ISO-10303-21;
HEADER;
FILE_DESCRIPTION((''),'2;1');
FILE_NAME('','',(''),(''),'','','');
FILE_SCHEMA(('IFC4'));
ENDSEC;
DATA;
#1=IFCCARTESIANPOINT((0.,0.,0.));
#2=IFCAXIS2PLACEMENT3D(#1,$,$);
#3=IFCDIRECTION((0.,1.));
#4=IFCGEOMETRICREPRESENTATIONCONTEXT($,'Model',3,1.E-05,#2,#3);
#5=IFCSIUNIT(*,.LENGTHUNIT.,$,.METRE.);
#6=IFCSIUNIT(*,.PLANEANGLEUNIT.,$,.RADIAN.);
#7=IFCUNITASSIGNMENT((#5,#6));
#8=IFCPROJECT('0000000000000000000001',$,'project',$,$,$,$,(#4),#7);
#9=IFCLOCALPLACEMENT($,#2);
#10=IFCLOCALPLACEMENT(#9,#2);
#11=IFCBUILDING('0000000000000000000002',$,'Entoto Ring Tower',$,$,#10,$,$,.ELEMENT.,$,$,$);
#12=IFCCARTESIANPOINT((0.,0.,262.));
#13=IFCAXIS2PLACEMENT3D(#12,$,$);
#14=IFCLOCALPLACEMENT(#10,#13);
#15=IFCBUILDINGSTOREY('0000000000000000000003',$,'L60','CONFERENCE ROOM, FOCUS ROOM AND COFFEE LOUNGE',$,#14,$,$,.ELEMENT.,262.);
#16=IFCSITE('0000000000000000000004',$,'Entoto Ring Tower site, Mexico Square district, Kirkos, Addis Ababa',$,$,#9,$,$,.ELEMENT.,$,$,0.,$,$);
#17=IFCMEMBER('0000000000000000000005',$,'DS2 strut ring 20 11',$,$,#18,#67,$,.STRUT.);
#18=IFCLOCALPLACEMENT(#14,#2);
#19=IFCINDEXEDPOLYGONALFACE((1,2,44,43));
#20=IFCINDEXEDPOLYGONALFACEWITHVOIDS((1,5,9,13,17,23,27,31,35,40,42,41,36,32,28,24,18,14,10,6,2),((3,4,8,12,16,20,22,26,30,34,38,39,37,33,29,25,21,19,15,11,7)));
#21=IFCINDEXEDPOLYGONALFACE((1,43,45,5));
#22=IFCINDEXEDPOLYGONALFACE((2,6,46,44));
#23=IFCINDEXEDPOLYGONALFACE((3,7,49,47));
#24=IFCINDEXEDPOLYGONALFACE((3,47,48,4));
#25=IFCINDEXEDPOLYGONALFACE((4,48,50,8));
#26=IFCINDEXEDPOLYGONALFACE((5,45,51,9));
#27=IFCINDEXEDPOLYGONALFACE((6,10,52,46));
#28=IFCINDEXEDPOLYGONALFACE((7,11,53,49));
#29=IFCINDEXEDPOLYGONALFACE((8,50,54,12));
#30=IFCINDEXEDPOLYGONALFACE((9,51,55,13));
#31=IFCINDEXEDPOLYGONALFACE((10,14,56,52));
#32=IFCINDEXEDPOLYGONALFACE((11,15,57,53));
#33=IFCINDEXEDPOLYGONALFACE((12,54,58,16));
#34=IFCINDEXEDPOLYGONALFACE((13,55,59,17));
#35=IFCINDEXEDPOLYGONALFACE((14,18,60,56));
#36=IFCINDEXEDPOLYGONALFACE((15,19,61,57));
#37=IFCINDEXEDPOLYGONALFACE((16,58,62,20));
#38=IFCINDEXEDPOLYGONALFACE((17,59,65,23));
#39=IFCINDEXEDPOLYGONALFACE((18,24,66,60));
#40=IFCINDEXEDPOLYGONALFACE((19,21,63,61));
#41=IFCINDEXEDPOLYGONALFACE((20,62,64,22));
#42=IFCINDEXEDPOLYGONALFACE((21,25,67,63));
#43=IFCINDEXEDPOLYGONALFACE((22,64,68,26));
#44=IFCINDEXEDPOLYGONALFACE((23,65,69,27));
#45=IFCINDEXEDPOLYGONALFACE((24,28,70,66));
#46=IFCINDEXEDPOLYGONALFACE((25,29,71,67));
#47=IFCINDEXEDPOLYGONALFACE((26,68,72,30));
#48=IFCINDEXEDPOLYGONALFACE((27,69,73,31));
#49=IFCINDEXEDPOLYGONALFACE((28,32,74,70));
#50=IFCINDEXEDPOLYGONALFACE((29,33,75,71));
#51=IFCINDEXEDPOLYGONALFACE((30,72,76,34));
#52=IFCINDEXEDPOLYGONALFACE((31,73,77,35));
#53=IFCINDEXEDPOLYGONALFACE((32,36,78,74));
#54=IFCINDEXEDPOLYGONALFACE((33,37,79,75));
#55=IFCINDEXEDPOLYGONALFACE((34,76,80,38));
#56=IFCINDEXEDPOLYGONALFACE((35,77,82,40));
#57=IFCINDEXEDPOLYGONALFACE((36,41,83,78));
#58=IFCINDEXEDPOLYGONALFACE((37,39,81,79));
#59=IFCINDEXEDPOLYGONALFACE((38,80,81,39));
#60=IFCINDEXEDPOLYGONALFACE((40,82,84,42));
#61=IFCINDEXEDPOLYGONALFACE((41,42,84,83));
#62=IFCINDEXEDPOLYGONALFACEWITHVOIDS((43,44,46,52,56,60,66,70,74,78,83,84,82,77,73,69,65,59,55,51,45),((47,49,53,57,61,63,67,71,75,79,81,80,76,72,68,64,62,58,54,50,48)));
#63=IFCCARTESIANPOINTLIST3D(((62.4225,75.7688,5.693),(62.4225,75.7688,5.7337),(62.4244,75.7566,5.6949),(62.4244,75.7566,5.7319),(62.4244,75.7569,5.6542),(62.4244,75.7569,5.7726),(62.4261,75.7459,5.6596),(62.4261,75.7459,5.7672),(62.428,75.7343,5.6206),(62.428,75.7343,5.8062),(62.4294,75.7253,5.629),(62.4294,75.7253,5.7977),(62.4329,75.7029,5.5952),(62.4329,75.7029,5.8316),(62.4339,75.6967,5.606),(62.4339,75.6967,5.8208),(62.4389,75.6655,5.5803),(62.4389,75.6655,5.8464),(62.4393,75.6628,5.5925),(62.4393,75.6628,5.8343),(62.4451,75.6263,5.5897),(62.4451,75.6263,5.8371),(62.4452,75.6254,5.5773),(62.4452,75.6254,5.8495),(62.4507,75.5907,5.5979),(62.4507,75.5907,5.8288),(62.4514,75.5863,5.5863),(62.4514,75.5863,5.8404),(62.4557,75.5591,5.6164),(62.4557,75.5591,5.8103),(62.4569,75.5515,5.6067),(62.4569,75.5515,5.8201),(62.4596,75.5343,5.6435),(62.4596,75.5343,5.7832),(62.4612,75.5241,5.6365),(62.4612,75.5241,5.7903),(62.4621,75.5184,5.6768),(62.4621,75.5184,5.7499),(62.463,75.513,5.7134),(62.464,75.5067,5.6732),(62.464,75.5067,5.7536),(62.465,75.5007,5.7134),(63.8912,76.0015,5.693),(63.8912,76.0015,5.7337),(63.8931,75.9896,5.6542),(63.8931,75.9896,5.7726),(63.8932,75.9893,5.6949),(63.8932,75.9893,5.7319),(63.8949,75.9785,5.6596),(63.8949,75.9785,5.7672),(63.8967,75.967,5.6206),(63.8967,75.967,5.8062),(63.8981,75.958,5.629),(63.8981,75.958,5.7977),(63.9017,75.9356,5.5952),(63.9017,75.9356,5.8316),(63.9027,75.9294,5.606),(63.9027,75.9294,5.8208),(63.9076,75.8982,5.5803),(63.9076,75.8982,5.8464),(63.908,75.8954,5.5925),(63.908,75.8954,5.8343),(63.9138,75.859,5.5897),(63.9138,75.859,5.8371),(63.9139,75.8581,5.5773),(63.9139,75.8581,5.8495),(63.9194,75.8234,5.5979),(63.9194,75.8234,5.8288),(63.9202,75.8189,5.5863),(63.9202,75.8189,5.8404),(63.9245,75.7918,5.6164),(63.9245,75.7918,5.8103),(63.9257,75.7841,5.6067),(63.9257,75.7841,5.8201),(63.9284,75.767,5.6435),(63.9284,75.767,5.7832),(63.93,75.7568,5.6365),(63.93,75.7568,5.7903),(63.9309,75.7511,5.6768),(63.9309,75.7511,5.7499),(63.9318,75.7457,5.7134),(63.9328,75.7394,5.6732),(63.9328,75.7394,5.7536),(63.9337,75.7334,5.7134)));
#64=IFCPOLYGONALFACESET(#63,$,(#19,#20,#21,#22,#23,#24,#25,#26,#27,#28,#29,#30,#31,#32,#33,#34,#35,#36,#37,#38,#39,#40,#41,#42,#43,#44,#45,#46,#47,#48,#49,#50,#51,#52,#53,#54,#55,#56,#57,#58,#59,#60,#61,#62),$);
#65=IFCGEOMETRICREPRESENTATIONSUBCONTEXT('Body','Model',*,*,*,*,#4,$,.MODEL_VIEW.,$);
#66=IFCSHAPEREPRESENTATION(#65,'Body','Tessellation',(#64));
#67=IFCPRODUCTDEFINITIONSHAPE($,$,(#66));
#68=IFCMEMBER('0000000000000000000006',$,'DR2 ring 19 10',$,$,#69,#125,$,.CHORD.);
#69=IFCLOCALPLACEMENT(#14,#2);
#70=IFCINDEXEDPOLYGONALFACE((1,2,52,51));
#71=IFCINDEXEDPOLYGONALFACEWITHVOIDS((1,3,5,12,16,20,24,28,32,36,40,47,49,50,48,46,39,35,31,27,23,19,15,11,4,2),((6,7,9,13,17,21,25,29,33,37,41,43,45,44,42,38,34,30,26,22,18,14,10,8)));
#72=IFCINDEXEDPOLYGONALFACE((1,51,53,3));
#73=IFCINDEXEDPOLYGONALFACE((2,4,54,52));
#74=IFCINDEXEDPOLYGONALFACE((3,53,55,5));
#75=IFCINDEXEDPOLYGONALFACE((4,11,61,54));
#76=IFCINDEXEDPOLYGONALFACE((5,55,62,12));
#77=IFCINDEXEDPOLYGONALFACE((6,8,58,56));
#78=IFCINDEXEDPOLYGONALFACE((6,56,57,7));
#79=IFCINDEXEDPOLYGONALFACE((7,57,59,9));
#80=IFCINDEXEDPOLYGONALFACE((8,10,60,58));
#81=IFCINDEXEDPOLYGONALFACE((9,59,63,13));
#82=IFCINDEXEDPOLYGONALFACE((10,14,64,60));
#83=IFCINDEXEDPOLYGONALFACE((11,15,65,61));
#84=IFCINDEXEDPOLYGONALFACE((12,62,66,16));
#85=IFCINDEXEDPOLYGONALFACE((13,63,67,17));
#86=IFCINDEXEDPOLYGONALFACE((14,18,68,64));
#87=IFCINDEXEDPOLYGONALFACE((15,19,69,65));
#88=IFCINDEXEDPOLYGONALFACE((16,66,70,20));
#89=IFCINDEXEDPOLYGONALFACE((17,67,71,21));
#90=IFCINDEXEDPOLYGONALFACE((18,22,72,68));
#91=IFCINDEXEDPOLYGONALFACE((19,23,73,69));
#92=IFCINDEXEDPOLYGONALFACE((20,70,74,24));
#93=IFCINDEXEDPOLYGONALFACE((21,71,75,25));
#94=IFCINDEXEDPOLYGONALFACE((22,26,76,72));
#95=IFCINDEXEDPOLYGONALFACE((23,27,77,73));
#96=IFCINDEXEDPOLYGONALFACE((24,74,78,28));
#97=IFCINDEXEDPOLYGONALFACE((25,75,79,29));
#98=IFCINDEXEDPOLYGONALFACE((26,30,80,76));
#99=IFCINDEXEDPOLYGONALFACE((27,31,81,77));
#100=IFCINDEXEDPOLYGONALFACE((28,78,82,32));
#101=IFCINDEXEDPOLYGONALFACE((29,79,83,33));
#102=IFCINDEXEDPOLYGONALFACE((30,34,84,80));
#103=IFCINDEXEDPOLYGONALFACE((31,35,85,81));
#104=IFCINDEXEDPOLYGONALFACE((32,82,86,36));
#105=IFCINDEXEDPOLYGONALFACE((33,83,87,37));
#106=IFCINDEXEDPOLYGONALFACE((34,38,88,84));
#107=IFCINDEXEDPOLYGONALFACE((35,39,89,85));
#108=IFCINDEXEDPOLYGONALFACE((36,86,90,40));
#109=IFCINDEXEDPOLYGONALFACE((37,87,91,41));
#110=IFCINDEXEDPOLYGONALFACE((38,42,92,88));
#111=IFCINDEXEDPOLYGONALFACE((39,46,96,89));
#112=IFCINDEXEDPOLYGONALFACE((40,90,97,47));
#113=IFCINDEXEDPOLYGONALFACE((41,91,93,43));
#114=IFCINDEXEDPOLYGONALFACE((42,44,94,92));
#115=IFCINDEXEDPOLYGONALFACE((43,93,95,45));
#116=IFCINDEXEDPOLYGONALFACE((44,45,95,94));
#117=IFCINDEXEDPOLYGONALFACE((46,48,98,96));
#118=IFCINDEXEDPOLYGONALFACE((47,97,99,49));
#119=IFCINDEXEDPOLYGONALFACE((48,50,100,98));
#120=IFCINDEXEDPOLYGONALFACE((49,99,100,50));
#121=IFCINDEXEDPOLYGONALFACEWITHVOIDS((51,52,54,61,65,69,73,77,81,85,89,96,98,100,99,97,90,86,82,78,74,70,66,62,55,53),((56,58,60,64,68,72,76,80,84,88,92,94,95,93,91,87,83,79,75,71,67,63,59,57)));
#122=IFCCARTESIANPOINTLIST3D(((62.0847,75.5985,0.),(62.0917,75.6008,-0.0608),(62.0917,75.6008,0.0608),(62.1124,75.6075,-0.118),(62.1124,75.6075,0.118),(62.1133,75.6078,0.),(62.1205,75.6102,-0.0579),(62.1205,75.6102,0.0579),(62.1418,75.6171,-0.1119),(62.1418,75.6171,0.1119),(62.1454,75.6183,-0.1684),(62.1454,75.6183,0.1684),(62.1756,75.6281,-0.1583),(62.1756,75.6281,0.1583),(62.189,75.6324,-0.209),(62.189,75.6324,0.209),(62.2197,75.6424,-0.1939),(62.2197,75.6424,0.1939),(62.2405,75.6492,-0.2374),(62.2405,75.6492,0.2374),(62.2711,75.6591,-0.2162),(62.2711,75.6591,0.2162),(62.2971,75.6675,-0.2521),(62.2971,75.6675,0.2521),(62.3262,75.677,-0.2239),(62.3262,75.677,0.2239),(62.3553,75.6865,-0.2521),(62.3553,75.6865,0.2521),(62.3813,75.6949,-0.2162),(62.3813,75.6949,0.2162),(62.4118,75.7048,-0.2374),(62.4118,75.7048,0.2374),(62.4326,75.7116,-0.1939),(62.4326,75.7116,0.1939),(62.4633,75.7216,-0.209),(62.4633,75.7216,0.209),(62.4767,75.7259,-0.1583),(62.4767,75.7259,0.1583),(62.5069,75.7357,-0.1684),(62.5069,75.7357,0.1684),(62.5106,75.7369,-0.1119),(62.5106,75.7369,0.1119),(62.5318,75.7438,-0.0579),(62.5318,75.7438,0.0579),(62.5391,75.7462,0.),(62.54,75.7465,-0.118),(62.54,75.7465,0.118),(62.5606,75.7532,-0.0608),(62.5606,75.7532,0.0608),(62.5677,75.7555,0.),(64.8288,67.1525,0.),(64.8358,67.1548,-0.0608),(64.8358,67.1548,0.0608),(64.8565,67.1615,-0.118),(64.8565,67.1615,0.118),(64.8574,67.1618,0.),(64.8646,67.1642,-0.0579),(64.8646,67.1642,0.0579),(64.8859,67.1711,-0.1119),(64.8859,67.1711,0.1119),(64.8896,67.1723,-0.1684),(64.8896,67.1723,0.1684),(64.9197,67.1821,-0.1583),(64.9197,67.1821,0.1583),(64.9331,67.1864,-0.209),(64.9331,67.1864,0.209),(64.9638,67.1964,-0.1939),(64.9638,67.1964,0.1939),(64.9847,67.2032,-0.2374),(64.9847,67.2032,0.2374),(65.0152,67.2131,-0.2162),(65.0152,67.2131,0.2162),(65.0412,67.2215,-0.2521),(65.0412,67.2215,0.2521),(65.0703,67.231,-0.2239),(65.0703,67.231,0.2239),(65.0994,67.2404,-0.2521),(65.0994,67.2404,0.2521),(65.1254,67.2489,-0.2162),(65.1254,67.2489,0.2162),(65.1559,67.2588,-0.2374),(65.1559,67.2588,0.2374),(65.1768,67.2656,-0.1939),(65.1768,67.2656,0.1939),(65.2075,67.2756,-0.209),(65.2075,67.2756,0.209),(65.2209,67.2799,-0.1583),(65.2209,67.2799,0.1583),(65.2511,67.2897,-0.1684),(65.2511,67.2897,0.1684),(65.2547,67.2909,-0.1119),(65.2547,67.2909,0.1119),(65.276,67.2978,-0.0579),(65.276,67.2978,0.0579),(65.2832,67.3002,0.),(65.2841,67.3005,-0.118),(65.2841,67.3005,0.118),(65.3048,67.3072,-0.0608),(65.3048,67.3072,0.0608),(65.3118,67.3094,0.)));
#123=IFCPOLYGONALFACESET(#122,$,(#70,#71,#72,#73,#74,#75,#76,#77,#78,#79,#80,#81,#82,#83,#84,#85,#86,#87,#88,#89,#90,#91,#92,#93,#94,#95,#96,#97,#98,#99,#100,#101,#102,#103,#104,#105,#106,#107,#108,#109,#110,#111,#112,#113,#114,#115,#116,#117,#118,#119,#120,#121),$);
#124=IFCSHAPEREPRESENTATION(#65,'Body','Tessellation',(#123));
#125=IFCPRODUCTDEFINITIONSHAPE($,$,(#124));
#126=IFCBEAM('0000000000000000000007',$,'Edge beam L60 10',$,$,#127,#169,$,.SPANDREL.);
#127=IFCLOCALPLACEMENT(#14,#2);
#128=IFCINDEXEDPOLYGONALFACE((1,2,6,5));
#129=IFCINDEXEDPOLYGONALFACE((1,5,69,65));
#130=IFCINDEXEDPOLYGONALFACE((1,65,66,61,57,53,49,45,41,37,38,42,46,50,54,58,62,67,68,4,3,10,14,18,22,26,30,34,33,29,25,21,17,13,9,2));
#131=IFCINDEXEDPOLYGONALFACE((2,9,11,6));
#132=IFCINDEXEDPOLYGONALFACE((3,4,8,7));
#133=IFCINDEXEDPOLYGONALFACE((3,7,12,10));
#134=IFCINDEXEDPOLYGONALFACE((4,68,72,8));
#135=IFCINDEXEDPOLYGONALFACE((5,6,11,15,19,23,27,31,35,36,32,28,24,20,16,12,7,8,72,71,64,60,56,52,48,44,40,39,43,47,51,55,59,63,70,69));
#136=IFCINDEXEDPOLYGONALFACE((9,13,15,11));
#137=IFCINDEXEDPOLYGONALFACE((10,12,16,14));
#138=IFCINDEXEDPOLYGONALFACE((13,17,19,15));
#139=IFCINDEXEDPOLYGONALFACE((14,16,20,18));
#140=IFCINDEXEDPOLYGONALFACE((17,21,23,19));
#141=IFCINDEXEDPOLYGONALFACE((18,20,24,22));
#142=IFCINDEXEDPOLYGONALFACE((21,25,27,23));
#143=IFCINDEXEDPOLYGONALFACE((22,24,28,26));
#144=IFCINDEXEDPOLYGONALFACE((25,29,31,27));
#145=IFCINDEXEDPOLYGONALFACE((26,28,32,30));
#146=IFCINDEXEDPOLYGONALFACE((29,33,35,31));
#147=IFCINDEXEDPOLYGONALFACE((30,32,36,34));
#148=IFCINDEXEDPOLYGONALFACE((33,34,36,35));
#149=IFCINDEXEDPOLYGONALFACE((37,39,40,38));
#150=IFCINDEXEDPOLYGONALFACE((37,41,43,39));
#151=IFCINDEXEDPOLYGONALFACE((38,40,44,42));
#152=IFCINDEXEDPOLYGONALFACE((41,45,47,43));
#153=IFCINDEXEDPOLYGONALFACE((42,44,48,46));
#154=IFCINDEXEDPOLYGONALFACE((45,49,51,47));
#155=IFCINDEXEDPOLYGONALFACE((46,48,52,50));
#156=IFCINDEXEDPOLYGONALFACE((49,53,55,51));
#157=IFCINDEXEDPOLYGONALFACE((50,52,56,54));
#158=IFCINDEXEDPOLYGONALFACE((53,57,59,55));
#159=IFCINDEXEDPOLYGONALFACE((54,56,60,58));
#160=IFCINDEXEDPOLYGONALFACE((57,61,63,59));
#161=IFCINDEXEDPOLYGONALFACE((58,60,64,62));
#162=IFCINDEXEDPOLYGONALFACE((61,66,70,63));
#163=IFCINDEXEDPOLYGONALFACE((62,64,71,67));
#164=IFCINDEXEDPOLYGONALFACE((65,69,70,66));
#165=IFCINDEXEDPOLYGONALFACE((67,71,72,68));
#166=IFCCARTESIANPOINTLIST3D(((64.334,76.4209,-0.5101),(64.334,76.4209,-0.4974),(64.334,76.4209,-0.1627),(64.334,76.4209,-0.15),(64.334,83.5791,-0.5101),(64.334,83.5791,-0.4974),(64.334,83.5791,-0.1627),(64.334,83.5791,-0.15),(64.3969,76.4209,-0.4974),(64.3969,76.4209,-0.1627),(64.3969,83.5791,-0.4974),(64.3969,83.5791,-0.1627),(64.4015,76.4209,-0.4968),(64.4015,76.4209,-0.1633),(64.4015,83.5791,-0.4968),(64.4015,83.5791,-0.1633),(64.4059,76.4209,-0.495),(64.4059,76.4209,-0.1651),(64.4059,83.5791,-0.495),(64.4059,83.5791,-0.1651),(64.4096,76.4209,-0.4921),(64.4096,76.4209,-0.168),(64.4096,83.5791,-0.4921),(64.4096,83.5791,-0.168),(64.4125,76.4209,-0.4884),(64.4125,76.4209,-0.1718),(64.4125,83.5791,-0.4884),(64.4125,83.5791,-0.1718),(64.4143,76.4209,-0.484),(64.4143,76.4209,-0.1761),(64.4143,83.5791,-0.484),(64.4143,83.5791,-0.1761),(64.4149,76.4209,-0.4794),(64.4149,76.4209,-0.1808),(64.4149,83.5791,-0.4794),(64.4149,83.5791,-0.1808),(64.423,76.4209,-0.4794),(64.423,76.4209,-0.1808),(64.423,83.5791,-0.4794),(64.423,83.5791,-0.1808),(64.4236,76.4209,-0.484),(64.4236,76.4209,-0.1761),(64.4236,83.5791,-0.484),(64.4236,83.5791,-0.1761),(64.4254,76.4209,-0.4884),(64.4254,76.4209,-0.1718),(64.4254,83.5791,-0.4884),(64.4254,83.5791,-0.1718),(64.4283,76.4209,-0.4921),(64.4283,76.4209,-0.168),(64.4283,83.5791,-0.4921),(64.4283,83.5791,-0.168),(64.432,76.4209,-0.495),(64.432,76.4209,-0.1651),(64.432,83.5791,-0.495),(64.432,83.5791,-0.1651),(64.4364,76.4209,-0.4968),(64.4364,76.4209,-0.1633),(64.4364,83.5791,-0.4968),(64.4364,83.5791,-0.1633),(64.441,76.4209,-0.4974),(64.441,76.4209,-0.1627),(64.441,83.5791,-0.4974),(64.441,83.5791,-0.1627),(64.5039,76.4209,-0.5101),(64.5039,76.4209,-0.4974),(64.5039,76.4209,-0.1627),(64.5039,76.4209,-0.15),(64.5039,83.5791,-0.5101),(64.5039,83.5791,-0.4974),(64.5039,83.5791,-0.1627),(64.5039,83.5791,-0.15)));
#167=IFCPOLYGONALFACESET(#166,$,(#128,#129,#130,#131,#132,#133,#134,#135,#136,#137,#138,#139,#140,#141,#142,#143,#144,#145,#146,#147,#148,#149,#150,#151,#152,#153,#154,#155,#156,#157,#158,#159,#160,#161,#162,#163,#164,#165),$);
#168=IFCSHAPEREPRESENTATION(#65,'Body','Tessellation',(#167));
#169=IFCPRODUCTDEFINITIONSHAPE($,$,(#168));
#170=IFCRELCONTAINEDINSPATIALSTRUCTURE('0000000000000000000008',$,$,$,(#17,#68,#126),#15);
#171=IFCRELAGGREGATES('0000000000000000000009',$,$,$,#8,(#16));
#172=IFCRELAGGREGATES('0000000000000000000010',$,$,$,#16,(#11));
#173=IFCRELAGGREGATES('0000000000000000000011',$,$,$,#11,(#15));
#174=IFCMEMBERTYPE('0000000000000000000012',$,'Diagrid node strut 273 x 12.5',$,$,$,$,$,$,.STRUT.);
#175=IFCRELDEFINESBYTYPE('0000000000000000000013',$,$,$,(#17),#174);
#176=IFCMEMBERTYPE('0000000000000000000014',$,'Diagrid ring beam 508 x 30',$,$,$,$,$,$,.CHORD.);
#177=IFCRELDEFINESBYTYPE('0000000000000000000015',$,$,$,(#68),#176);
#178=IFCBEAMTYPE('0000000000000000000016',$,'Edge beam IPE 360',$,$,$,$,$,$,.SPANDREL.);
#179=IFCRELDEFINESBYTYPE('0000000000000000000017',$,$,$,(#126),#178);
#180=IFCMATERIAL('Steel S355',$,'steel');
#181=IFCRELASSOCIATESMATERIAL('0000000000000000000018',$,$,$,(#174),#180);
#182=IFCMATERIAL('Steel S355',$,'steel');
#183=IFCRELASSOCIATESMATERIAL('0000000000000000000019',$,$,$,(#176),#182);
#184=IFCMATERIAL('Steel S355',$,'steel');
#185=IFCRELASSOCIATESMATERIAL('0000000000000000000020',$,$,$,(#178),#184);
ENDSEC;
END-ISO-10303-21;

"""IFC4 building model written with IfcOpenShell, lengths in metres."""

from ifc_helpers import new_model, si_unit, direction, frame, origin, origin_2d, place, context, subcontext, project, spatial, circle, hollow_circle, i_section, extrude, material, material_profile, profile_set, type_object, element, save


model = new_model("IFC4")

# Units and contexts
model_context = context("Model", 3, precision=1e-05, world=origin(), true_north=direction((0.0, 1.0)))
body_context = subcontext(model_context, "Body", "Model", "MODEL_VIEW")
ifc_project = project(units=[si_unit("LENGTHUNIT", "METRE"), si_unit("PLANEANGLEUNIT", "RADIAN")], contexts=[model_context])

# Site, building, storey
site_placement = place(None, origin())
site = spatial("IfcSite", under=ifc_project, at=site_placement, Name="Entoto Ring Tower site, Mexico Square district, Kirkos, Addis Ababa", CompositionType="ELEMENT", RefElevation=0.0)
building_placement = place(site_placement, origin())
building = spatial("IfcBuilding", under=site, at=building_placement, Name="Entoto Ring Tower", CompositionType="ELEMENT")
storey_placement = place(building_placement, frame((0.0, 0.0, 262.0)))
storey = spatial("IfcBuildingStorey", under=building, at=storey_placement, Name="L60", Description="CONFERENCE ROOM, FOCUS ROOM AND COFFEE LOUNGE", CompositionType="ELEMENT", Elevation=262.0)

# Members
ifc_material_1 = material(Name="Steel S355", Category="steel")
ifc_material_profile_1 = material_profile(ifc_material_1, hollow_circle(Radius=0.1365, WallThickness=0.0125, at=origin_2d()), Name="CHS 273 x 12.5")
ifc_material_2 = material(Name="Concrete C60/75", Category="concrete")
ifc_material_profile_2 = material_profile(ifc_material_2, circle(Radius=0.124, at=origin_2d()), Name="Concrete C60/75 infill")
ifc_profile_set_1 = profile_set([ifc_material_profile_1, ifc_material_profile_2], Name="Steel S355")
member_type_1 = type_object("IfcMemberType", Name="Diagrid node strut 273 x 12.5", PredefinedType="STRUT", material=ifc_profile_set_1)
for number, where, z_axis, x_axis, name in (
    (1, (63.9124, 75.8682, 5.7134), (-0.987684, -0.15646, 0.0), (0.15646, -0.987684, 0.0), "DS2 strut ring 20 11"),
):
    element("IfcMember", number, at=place(storey_placement, frame(where, z_axis=z_axis, x_axis=x_axis)), inside=storey, type_object=member_type_1, Name=name, PredefinedType="STRUT", context=body_context, shape_type="SweptSolid", body=[
        extrude(hollow_circle(Radius=0.1365, WallThickness=0.0125, at=origin_2d()), origin(), (0.0, 0.0, 1.0), 1.4871),
    ])
ifc_material_3 = material(Name="Steel S355", Category="steel")
ifc_material_profile_3 = material_profile(ifc_material_3, hollow_circle(Radius=0.2539, WallThickness=0.03, at=origin_2d()), Name="CHS 508 x 30")
ifc_material_4 = material(Name="Concrete C60/75", Category="concrete")
ifc_material_profile_4 = material_profile(ifc_material_4, circle(Radius=0.2241, at=origin_2d()), Name="Concrete C60/75 infill")
ifc_profile_set_2 = profile_set([ifc_material_profile_3, ifc_material_profile_4], Name="Steel S355")
member_type_2 = type_object("IfcMemberType", Name="Diagrid ring beam 508 x 30", PredefinedType="CHORD", material=ifc_profile_set_2)
member_placement = place(storey_placement, frame((62.3262, 75.677, 0.0), z_axis=(0.309002, -0.951061, 0.0), x_axis=(0.951061, 0.309002, 0.0)))
element("IfcMember", 2, at=member_placement, inside=storey, type_object=member_type_2, Name="DR2 ring 19 10", PredefinedType="CHORD", context=body_context, shape_type="SweptSolid", body=[
    extrude(hollow_circle(Radius=0.2539, WallThickness=0.03, at=origin_2d()), origin(), (0.0, 0.0, 1.0), 8.8806),
])

# Beam
ifc_material_5 = material(Name="Steel S355", Category="steel")
ifc_material_profile_5 = material_profile(ifc_material_5, i_section(OverallWidth=0.1699, OverallDepth=0.3601, WebThickness=0.0081, FlangeThickness=0.0127, FilletRadius=0.0181, at=origin_2d()), Name="IPE 360")
ifc_profile_set_3 = profile_set([ifc_material_profile_5], Name="Steel S355")
beam_type_1 = type_object("IfcBeamType", Name="Edge beam IPE 360", PredefinedType="SPANDREL", material=ifc_profile_set_3)
beam_1_placement = place(storey_placement, frame((64.4189, 83.5791, -0.3301), z_axis=(0.0, -1.0, 0.0), x_axis=(1.0, 0.0, 0.0)))
element("IfcBeam", 3, at=beam_1_placement, inside=storey, type_object=beam_type_1, Name="Edge beam L60 10", PredefinedType="SPANDREL", context=body_context, shape_type="SweptSolid", body=[
    extrude(i_section(OverallWidth=0.1699, OverallDepth=0.3601, WebThickness=0.0081, FlangeThickness=0.0127, FilletRadius=0.0181, at=origin_2d()), origin(), (0.0, 0.0, 1.0), 7.1582),
])

save(model, "model.ifc")
